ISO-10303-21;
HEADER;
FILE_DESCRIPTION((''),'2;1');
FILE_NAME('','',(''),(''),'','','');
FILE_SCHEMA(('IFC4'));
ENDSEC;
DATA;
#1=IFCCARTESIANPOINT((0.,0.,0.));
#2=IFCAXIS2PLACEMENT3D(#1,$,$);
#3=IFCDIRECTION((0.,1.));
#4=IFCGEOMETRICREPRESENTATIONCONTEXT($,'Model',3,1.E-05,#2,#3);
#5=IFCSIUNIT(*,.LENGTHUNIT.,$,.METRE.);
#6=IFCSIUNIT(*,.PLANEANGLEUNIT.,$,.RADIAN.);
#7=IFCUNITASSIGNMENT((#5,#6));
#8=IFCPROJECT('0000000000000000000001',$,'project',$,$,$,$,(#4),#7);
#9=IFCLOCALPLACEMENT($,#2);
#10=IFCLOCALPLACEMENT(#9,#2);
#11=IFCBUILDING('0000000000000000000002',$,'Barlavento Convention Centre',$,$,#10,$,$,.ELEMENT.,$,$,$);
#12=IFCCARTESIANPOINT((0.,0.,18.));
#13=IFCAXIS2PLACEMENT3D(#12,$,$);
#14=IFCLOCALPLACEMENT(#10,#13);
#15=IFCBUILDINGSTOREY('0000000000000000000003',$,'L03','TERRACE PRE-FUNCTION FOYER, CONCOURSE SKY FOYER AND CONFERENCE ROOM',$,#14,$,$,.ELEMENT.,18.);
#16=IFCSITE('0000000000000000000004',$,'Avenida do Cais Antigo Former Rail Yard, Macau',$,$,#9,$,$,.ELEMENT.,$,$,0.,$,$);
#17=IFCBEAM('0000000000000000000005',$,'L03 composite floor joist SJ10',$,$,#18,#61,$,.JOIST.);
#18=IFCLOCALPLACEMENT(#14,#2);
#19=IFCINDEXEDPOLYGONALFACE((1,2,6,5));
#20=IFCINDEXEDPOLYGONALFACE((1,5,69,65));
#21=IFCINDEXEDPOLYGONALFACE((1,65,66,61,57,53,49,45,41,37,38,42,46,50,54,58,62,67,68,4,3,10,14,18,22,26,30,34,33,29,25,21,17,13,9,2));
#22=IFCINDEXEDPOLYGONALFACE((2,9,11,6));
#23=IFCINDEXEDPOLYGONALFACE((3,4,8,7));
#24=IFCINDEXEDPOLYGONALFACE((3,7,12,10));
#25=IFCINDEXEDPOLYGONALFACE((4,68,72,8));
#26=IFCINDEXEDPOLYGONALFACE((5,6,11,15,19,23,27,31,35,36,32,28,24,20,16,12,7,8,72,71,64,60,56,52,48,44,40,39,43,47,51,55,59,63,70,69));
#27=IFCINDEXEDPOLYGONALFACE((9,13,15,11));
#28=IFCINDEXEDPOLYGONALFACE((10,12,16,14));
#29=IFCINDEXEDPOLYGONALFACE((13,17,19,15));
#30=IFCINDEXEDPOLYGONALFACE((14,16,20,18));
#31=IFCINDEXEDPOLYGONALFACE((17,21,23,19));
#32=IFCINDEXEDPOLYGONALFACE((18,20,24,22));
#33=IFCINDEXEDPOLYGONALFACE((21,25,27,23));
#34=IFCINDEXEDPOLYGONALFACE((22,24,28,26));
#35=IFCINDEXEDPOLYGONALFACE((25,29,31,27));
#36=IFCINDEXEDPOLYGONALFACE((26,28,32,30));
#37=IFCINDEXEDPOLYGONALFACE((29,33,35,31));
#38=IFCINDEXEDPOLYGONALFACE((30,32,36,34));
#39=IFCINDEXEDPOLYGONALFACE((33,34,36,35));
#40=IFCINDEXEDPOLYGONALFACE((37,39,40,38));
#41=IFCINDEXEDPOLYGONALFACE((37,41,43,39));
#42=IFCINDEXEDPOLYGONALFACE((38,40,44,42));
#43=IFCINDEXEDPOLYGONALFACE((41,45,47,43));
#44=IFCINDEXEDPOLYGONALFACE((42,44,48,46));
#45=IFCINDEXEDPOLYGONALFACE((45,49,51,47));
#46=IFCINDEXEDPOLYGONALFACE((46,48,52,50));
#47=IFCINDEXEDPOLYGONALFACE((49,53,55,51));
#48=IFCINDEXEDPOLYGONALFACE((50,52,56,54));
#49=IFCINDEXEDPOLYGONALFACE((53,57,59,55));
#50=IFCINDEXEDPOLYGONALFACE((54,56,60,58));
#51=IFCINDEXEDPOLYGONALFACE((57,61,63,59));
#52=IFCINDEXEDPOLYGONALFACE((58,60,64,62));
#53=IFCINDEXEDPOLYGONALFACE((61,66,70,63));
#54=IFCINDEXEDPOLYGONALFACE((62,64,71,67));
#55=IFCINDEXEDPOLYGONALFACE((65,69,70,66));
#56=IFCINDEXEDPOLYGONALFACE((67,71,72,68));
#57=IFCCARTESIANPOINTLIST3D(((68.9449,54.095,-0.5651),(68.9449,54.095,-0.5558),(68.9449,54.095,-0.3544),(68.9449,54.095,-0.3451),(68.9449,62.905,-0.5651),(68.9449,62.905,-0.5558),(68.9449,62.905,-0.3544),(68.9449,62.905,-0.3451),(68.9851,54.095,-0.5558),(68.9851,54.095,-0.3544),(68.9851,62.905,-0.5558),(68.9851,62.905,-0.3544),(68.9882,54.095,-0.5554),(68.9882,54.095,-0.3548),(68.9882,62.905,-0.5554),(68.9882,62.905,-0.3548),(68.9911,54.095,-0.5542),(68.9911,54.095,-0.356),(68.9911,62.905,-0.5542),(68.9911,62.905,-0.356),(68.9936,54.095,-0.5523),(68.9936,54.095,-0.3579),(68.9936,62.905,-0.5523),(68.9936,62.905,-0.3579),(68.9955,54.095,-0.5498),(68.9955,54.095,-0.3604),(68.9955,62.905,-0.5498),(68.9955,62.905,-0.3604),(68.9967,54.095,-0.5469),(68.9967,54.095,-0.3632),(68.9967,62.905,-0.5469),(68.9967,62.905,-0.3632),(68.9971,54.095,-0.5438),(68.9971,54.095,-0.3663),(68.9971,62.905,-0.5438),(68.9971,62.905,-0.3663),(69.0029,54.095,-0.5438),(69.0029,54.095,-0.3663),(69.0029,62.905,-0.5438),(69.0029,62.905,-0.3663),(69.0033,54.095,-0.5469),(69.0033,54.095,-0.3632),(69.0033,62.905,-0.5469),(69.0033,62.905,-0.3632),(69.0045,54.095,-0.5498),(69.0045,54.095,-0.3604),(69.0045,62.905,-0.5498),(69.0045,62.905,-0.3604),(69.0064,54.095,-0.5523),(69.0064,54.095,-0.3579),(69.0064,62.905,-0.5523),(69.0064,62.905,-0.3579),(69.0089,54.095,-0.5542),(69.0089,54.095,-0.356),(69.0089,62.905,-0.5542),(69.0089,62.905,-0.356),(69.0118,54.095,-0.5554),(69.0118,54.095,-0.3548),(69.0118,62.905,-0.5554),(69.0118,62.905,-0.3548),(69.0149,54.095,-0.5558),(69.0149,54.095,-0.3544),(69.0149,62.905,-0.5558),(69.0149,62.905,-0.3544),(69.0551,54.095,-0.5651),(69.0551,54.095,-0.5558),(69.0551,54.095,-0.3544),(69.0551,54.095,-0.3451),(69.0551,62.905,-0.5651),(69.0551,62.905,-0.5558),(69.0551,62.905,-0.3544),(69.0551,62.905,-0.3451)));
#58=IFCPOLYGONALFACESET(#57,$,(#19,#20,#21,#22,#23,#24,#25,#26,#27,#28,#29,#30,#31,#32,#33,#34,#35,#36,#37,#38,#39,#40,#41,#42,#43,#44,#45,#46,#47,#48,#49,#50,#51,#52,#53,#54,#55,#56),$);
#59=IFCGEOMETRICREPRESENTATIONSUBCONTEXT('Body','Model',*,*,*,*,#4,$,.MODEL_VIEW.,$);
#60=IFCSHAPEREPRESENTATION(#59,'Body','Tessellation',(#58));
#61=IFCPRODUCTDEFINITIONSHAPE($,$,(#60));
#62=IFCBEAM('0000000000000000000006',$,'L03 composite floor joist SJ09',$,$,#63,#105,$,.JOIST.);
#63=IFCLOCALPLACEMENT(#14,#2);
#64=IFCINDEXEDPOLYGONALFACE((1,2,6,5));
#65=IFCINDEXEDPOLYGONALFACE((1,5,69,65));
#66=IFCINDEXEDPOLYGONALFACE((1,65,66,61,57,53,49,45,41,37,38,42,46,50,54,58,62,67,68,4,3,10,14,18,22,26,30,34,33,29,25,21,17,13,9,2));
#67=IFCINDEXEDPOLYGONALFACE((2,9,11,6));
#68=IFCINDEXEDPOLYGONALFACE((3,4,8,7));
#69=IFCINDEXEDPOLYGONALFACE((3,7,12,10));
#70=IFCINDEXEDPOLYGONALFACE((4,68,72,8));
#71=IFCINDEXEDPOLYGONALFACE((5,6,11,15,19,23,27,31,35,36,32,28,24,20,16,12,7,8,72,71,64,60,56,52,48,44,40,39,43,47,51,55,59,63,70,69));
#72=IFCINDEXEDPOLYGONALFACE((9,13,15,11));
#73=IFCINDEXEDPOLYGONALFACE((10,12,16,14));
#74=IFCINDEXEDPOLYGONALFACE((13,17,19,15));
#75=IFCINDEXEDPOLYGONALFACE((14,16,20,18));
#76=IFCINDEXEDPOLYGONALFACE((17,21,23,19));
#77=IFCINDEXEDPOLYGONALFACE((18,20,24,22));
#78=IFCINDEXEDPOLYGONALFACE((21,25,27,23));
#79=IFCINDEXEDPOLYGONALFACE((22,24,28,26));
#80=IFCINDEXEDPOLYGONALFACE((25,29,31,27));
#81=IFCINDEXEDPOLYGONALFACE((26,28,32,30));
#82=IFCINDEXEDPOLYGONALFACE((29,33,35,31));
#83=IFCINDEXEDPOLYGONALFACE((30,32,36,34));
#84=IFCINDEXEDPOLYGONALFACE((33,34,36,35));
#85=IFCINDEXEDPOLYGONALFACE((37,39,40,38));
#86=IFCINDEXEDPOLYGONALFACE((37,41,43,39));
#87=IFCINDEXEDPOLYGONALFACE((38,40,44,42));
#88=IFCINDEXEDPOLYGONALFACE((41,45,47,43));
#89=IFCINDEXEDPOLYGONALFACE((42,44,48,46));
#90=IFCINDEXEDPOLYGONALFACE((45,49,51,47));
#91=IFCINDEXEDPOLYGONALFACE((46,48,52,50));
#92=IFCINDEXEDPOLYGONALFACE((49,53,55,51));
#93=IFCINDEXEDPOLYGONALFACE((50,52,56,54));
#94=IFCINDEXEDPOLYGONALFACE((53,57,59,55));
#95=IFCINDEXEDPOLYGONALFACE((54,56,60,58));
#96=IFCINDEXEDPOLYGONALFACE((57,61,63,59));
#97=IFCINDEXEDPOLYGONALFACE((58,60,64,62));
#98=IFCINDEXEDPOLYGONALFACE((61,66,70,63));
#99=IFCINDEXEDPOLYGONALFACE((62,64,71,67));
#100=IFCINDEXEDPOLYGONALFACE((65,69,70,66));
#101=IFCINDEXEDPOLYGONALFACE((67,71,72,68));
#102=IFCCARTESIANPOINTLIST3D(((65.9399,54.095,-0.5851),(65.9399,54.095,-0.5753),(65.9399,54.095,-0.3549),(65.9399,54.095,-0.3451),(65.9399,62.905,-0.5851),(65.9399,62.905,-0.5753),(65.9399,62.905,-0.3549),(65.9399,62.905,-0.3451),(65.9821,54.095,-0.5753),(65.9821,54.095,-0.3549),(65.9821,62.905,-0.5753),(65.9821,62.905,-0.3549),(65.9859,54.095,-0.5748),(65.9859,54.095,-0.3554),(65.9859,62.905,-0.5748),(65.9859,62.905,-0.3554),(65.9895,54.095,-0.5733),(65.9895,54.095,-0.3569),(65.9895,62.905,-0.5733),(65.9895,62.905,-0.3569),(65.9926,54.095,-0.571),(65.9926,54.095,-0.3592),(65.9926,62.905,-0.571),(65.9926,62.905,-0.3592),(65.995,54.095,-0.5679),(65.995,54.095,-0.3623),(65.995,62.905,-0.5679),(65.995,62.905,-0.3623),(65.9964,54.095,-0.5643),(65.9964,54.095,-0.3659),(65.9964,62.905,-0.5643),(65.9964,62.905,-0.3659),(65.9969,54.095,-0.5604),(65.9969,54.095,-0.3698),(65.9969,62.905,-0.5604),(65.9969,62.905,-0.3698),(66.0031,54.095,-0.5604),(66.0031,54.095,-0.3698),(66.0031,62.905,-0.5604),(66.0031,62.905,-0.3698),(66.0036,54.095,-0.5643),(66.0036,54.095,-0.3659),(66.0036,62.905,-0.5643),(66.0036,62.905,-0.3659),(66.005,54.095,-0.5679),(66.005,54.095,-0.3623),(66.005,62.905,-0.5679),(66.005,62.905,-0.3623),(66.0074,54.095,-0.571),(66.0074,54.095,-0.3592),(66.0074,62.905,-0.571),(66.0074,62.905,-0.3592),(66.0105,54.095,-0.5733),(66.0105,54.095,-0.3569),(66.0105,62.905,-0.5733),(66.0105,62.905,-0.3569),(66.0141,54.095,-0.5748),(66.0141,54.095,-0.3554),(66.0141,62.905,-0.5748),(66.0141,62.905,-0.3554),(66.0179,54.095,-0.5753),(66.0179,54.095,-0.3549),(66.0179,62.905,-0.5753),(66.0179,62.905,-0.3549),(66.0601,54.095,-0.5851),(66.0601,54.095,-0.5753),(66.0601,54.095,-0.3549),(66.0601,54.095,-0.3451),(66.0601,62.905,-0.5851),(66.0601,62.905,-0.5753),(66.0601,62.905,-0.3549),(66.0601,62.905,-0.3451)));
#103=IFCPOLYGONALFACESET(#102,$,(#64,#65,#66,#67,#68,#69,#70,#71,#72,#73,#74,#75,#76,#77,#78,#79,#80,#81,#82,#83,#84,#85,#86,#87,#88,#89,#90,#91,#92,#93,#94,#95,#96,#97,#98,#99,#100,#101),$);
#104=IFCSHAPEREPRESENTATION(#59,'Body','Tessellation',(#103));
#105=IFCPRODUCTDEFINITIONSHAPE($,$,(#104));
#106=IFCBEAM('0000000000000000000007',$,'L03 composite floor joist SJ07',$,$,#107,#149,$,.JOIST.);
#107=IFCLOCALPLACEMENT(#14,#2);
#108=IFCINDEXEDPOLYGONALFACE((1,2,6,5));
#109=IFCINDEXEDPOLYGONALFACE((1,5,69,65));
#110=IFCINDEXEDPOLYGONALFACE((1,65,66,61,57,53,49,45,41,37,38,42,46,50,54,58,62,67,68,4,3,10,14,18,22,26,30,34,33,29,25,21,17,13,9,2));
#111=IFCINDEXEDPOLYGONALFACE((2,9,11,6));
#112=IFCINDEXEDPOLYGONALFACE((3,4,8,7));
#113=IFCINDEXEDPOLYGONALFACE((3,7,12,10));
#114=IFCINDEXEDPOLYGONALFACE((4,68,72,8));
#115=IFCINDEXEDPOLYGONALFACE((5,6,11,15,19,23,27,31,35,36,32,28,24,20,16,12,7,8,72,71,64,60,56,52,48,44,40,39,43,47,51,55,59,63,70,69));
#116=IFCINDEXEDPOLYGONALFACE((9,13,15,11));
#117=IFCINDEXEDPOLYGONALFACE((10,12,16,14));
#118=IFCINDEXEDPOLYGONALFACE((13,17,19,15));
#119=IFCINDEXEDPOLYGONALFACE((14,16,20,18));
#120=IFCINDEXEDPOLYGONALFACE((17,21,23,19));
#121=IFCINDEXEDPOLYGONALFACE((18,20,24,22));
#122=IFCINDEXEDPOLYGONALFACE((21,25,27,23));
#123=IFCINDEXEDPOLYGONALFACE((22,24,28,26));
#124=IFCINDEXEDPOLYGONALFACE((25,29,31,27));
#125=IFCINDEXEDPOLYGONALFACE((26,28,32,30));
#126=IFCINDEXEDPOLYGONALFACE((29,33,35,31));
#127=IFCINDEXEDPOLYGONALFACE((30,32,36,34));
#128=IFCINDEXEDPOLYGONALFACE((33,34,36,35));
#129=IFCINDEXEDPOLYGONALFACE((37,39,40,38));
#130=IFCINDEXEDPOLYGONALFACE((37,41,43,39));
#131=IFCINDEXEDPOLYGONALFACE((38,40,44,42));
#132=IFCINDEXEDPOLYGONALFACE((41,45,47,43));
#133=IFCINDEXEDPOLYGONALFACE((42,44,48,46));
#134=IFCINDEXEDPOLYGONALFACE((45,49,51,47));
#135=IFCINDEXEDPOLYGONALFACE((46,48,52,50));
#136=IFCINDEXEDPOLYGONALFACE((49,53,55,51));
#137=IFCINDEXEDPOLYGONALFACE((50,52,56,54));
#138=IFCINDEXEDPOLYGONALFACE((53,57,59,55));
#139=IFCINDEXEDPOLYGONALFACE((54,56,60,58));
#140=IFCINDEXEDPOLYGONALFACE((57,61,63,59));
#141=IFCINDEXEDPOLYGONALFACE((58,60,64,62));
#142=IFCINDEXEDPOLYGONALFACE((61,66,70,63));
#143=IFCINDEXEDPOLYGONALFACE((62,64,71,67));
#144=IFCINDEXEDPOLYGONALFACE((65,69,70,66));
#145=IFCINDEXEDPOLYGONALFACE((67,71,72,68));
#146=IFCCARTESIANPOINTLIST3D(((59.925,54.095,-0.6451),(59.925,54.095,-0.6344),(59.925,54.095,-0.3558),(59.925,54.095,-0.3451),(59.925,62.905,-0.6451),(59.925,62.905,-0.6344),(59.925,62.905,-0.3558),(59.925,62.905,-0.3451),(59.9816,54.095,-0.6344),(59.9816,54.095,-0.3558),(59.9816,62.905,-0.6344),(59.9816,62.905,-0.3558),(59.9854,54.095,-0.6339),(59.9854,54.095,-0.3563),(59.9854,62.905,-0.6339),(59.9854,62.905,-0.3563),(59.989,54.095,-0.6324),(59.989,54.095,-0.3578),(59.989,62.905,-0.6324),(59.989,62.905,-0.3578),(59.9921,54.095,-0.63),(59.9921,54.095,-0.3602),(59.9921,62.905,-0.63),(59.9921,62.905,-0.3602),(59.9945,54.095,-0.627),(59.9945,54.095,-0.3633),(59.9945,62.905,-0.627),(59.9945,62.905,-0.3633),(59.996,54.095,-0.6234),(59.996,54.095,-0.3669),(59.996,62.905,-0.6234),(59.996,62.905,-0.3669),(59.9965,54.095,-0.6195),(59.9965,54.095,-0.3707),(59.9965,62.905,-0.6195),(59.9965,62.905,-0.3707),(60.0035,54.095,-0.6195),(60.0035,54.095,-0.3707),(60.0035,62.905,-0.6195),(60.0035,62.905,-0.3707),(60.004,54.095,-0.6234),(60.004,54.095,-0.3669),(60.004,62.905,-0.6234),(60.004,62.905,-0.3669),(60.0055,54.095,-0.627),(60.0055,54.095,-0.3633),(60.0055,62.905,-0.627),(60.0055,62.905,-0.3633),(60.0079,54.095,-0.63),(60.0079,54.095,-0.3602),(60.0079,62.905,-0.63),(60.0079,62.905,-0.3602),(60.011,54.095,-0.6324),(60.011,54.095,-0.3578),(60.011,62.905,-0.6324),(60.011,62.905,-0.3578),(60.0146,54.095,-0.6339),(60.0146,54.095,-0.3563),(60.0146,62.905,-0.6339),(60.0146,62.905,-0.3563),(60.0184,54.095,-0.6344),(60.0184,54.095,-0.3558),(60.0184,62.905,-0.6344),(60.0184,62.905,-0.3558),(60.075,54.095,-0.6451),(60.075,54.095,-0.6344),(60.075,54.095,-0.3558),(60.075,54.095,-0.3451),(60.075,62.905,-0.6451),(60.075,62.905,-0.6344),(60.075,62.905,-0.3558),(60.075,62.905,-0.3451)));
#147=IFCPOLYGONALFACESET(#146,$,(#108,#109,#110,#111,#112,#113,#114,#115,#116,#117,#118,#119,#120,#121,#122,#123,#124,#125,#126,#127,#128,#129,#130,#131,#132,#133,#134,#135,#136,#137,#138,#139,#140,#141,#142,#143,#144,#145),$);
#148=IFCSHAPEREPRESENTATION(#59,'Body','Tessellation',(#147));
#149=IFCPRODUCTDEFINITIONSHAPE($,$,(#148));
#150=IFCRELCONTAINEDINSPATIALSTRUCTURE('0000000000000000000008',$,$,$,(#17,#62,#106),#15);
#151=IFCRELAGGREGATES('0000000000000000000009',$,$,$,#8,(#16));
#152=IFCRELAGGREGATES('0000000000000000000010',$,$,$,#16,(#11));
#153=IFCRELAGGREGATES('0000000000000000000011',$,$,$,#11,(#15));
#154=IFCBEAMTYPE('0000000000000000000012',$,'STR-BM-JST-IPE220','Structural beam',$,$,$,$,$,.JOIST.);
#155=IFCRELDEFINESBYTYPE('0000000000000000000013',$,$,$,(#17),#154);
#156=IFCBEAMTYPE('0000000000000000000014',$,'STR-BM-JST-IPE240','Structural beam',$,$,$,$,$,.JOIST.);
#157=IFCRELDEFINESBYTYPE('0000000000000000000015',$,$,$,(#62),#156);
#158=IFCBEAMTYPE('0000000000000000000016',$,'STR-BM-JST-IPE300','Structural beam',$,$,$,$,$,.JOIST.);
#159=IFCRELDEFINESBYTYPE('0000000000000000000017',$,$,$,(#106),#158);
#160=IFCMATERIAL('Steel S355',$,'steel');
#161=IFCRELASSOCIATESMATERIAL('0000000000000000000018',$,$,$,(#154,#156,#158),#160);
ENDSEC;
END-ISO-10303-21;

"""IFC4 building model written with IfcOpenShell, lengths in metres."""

from ifc_helpers import new_model, si_unit, direction, frame, origin, origin_2d, place, context, subcontext, project, spatial, i_section, extrude, material, material_profile, profile_set, type_object, element, save


model = new_model("IFC4")

# Units and contexts
model_context = context("Model", 3, precision=1e-05, world=origin(), true_north=direction((0.0, 1.0)))
body_context = subcontext(model_context, "Body", "Model", "MODEL_VIEW")
ifc_project = project(units=[si_unit("LENGTHUNIT", "METRE"), si_unit("PLANEANGLEUNIT", "RADIAN")], contexts=[model_context])

# Site, building, storey
site_placement = place(None, origin())
site = spatial("IfcSite", under=ifc_project, at=site_placement, Name="Avenida do Cais Antigo Former Rail Yard, Macau", CompositionType="ELEMENT", RefElevation=0.0)
building_placement = place(site_placement, origin())
building = spatial("IfcBuilding", under=site, at=building_placement, Name="Barlavento Convention Centre", CompositionType="ELEMENT")
storey_placement = place(building_placement, frame((0.0, 0.0, 18.0)))
storey = spatial("IfcBuildingStorey", under=building, at=storey_placement, Name="L03", Description="TERRACE PRE-FUNCTION FOYER, CONCOURSE SKY FOYER AND CONFERENCE ROOM", CompositionType="ELEMENT", Elevation=18.0)

# Shared definitions
ifc_material_1 = material(Name="Steel S355", Category="steel")

# Beams
ifc_material_profile_1 = material_profile(ifc_material_1, i_section(OverallWidth=0.1101, OverallDepth=0.22, WebThickness=0.0059, FlangeThickness=0.0093, FilletRadius=0.012, at=origin_2d()), Name="IPE 220")
ifc_profile_set_1 = profile_set([ifc_material_profile_1], Name="Steel S355")
beam_type_1 = type_object("IfcBeamType", Name="STR-BM-JST-IPE220", Description="Structural beam", PredefinedType="JOIST", material=ifc_profile_set_1)
beam_1_placement = place(storey_placement, frame((69.0, 54.095, -0.4551), z_axis=(0.0, 1.0, 0.0), x_axis=(-1.0, 0.0, 0.0)))
element("IfcBeam", 1, at=beam_1_placement, inside=storey, type_object=beam_type_1, Name="L03 composite floor joist SJ10", PredefinedType="JOIST", context=body_context, shape_type="SweptSolid", body=[
    extrude(i_section(OverallWidth=0.1101, OverallDepth=0.22, WebThickness=0.0059, FlangeThickness=0.0093, FilletRadius=0.012, at=origin_2d()), origin(), (0.0, 0.0, 1.0), 8.8101),
])
ifc_material_profile_2 = material_profile(ifc_material_1, i_section(OverallWidth=0.1201, OverallDepth=0.24, WebThickness=0.0061, FlangeThickness=0.0098, FilletRadius=0.0149, at=origin_2d()), Name="IPE 240")
ifc_profile_set_2 = profile_set([ifc_material_profile_2], Name="Steel S355")
beam_type_2 = type_object("IfcBeamType", Name="STR-BM-JST-IPE240", Description="Structural beam", PredefinedType="JOIST", material=ifc_profile_set_2)
beam_2_placement = place(storey_placement, frame((66.0, 54.095, -0.4651), z_axis=(0.0, 1.0, 0.0), x_axis=(-1.0, 0.0, 0.0)))
element("IfcBeam", 2, at=beam_2_placement, inside=storey, type_object=beam_type_2, Name="L03 composite floor joist SJ09", PredefinedType="JOIST", context=body_context, shape_type="SweptSolid", body=[
    extrude(i_section(OverallWidth=0.1201, OverallDepth=0.24, WebThickness=0.0061, FlangeThickness=0.0098, FilletRadius=0.0149, at=origin_2d()), origin(), (0.0, 0.0, 1.0), 8.8101),
])
ifc_material_profile_3 = material_profile(ifc_material_1, i_section(OverallWidth=0.1499, OverallDepth=0.3, WebThickness=0.0071, FlangeThickness=0.0107, FilletRadius=0.0149, at=origin_2d()), Name="IPE 300")
ifc_profile_set_3 = profile_set([ifc_material_profile_3], Name="Steel S355")
beam_type_3 = type_object("IfcBeamType", Name="STR-BM-JST-IPE300", Description="Structural beam", PredefinedType="JOIST", material=ifc_profile_set_3)
beam_3_placement = place(storey_placement, frame((60.0, 54.095, -0.4951), z_axis=(0.0, 1.0, 0.0), x_axis=(-1.0, 0.0, 0.0)))
element("IfcBeam", 3, at=beam_3_placement, inside=storey, type_object=beam_type_3, Name="L03 composite floor joist SJ07", PredefinedType="JOIST", context=body_context, shape_type="SweptSolid", body=[
    extrude(i_section(OverallWidth=0.1499, OverallDepth=0.3, WebThickness=0.0071, FlangeThickness=0.0107, FilletRadius=0.0149, at=origin_2d()), origin(), (0.0, 0.0, 1.0), 8.8101),
])

save(model, "model.ifc")
